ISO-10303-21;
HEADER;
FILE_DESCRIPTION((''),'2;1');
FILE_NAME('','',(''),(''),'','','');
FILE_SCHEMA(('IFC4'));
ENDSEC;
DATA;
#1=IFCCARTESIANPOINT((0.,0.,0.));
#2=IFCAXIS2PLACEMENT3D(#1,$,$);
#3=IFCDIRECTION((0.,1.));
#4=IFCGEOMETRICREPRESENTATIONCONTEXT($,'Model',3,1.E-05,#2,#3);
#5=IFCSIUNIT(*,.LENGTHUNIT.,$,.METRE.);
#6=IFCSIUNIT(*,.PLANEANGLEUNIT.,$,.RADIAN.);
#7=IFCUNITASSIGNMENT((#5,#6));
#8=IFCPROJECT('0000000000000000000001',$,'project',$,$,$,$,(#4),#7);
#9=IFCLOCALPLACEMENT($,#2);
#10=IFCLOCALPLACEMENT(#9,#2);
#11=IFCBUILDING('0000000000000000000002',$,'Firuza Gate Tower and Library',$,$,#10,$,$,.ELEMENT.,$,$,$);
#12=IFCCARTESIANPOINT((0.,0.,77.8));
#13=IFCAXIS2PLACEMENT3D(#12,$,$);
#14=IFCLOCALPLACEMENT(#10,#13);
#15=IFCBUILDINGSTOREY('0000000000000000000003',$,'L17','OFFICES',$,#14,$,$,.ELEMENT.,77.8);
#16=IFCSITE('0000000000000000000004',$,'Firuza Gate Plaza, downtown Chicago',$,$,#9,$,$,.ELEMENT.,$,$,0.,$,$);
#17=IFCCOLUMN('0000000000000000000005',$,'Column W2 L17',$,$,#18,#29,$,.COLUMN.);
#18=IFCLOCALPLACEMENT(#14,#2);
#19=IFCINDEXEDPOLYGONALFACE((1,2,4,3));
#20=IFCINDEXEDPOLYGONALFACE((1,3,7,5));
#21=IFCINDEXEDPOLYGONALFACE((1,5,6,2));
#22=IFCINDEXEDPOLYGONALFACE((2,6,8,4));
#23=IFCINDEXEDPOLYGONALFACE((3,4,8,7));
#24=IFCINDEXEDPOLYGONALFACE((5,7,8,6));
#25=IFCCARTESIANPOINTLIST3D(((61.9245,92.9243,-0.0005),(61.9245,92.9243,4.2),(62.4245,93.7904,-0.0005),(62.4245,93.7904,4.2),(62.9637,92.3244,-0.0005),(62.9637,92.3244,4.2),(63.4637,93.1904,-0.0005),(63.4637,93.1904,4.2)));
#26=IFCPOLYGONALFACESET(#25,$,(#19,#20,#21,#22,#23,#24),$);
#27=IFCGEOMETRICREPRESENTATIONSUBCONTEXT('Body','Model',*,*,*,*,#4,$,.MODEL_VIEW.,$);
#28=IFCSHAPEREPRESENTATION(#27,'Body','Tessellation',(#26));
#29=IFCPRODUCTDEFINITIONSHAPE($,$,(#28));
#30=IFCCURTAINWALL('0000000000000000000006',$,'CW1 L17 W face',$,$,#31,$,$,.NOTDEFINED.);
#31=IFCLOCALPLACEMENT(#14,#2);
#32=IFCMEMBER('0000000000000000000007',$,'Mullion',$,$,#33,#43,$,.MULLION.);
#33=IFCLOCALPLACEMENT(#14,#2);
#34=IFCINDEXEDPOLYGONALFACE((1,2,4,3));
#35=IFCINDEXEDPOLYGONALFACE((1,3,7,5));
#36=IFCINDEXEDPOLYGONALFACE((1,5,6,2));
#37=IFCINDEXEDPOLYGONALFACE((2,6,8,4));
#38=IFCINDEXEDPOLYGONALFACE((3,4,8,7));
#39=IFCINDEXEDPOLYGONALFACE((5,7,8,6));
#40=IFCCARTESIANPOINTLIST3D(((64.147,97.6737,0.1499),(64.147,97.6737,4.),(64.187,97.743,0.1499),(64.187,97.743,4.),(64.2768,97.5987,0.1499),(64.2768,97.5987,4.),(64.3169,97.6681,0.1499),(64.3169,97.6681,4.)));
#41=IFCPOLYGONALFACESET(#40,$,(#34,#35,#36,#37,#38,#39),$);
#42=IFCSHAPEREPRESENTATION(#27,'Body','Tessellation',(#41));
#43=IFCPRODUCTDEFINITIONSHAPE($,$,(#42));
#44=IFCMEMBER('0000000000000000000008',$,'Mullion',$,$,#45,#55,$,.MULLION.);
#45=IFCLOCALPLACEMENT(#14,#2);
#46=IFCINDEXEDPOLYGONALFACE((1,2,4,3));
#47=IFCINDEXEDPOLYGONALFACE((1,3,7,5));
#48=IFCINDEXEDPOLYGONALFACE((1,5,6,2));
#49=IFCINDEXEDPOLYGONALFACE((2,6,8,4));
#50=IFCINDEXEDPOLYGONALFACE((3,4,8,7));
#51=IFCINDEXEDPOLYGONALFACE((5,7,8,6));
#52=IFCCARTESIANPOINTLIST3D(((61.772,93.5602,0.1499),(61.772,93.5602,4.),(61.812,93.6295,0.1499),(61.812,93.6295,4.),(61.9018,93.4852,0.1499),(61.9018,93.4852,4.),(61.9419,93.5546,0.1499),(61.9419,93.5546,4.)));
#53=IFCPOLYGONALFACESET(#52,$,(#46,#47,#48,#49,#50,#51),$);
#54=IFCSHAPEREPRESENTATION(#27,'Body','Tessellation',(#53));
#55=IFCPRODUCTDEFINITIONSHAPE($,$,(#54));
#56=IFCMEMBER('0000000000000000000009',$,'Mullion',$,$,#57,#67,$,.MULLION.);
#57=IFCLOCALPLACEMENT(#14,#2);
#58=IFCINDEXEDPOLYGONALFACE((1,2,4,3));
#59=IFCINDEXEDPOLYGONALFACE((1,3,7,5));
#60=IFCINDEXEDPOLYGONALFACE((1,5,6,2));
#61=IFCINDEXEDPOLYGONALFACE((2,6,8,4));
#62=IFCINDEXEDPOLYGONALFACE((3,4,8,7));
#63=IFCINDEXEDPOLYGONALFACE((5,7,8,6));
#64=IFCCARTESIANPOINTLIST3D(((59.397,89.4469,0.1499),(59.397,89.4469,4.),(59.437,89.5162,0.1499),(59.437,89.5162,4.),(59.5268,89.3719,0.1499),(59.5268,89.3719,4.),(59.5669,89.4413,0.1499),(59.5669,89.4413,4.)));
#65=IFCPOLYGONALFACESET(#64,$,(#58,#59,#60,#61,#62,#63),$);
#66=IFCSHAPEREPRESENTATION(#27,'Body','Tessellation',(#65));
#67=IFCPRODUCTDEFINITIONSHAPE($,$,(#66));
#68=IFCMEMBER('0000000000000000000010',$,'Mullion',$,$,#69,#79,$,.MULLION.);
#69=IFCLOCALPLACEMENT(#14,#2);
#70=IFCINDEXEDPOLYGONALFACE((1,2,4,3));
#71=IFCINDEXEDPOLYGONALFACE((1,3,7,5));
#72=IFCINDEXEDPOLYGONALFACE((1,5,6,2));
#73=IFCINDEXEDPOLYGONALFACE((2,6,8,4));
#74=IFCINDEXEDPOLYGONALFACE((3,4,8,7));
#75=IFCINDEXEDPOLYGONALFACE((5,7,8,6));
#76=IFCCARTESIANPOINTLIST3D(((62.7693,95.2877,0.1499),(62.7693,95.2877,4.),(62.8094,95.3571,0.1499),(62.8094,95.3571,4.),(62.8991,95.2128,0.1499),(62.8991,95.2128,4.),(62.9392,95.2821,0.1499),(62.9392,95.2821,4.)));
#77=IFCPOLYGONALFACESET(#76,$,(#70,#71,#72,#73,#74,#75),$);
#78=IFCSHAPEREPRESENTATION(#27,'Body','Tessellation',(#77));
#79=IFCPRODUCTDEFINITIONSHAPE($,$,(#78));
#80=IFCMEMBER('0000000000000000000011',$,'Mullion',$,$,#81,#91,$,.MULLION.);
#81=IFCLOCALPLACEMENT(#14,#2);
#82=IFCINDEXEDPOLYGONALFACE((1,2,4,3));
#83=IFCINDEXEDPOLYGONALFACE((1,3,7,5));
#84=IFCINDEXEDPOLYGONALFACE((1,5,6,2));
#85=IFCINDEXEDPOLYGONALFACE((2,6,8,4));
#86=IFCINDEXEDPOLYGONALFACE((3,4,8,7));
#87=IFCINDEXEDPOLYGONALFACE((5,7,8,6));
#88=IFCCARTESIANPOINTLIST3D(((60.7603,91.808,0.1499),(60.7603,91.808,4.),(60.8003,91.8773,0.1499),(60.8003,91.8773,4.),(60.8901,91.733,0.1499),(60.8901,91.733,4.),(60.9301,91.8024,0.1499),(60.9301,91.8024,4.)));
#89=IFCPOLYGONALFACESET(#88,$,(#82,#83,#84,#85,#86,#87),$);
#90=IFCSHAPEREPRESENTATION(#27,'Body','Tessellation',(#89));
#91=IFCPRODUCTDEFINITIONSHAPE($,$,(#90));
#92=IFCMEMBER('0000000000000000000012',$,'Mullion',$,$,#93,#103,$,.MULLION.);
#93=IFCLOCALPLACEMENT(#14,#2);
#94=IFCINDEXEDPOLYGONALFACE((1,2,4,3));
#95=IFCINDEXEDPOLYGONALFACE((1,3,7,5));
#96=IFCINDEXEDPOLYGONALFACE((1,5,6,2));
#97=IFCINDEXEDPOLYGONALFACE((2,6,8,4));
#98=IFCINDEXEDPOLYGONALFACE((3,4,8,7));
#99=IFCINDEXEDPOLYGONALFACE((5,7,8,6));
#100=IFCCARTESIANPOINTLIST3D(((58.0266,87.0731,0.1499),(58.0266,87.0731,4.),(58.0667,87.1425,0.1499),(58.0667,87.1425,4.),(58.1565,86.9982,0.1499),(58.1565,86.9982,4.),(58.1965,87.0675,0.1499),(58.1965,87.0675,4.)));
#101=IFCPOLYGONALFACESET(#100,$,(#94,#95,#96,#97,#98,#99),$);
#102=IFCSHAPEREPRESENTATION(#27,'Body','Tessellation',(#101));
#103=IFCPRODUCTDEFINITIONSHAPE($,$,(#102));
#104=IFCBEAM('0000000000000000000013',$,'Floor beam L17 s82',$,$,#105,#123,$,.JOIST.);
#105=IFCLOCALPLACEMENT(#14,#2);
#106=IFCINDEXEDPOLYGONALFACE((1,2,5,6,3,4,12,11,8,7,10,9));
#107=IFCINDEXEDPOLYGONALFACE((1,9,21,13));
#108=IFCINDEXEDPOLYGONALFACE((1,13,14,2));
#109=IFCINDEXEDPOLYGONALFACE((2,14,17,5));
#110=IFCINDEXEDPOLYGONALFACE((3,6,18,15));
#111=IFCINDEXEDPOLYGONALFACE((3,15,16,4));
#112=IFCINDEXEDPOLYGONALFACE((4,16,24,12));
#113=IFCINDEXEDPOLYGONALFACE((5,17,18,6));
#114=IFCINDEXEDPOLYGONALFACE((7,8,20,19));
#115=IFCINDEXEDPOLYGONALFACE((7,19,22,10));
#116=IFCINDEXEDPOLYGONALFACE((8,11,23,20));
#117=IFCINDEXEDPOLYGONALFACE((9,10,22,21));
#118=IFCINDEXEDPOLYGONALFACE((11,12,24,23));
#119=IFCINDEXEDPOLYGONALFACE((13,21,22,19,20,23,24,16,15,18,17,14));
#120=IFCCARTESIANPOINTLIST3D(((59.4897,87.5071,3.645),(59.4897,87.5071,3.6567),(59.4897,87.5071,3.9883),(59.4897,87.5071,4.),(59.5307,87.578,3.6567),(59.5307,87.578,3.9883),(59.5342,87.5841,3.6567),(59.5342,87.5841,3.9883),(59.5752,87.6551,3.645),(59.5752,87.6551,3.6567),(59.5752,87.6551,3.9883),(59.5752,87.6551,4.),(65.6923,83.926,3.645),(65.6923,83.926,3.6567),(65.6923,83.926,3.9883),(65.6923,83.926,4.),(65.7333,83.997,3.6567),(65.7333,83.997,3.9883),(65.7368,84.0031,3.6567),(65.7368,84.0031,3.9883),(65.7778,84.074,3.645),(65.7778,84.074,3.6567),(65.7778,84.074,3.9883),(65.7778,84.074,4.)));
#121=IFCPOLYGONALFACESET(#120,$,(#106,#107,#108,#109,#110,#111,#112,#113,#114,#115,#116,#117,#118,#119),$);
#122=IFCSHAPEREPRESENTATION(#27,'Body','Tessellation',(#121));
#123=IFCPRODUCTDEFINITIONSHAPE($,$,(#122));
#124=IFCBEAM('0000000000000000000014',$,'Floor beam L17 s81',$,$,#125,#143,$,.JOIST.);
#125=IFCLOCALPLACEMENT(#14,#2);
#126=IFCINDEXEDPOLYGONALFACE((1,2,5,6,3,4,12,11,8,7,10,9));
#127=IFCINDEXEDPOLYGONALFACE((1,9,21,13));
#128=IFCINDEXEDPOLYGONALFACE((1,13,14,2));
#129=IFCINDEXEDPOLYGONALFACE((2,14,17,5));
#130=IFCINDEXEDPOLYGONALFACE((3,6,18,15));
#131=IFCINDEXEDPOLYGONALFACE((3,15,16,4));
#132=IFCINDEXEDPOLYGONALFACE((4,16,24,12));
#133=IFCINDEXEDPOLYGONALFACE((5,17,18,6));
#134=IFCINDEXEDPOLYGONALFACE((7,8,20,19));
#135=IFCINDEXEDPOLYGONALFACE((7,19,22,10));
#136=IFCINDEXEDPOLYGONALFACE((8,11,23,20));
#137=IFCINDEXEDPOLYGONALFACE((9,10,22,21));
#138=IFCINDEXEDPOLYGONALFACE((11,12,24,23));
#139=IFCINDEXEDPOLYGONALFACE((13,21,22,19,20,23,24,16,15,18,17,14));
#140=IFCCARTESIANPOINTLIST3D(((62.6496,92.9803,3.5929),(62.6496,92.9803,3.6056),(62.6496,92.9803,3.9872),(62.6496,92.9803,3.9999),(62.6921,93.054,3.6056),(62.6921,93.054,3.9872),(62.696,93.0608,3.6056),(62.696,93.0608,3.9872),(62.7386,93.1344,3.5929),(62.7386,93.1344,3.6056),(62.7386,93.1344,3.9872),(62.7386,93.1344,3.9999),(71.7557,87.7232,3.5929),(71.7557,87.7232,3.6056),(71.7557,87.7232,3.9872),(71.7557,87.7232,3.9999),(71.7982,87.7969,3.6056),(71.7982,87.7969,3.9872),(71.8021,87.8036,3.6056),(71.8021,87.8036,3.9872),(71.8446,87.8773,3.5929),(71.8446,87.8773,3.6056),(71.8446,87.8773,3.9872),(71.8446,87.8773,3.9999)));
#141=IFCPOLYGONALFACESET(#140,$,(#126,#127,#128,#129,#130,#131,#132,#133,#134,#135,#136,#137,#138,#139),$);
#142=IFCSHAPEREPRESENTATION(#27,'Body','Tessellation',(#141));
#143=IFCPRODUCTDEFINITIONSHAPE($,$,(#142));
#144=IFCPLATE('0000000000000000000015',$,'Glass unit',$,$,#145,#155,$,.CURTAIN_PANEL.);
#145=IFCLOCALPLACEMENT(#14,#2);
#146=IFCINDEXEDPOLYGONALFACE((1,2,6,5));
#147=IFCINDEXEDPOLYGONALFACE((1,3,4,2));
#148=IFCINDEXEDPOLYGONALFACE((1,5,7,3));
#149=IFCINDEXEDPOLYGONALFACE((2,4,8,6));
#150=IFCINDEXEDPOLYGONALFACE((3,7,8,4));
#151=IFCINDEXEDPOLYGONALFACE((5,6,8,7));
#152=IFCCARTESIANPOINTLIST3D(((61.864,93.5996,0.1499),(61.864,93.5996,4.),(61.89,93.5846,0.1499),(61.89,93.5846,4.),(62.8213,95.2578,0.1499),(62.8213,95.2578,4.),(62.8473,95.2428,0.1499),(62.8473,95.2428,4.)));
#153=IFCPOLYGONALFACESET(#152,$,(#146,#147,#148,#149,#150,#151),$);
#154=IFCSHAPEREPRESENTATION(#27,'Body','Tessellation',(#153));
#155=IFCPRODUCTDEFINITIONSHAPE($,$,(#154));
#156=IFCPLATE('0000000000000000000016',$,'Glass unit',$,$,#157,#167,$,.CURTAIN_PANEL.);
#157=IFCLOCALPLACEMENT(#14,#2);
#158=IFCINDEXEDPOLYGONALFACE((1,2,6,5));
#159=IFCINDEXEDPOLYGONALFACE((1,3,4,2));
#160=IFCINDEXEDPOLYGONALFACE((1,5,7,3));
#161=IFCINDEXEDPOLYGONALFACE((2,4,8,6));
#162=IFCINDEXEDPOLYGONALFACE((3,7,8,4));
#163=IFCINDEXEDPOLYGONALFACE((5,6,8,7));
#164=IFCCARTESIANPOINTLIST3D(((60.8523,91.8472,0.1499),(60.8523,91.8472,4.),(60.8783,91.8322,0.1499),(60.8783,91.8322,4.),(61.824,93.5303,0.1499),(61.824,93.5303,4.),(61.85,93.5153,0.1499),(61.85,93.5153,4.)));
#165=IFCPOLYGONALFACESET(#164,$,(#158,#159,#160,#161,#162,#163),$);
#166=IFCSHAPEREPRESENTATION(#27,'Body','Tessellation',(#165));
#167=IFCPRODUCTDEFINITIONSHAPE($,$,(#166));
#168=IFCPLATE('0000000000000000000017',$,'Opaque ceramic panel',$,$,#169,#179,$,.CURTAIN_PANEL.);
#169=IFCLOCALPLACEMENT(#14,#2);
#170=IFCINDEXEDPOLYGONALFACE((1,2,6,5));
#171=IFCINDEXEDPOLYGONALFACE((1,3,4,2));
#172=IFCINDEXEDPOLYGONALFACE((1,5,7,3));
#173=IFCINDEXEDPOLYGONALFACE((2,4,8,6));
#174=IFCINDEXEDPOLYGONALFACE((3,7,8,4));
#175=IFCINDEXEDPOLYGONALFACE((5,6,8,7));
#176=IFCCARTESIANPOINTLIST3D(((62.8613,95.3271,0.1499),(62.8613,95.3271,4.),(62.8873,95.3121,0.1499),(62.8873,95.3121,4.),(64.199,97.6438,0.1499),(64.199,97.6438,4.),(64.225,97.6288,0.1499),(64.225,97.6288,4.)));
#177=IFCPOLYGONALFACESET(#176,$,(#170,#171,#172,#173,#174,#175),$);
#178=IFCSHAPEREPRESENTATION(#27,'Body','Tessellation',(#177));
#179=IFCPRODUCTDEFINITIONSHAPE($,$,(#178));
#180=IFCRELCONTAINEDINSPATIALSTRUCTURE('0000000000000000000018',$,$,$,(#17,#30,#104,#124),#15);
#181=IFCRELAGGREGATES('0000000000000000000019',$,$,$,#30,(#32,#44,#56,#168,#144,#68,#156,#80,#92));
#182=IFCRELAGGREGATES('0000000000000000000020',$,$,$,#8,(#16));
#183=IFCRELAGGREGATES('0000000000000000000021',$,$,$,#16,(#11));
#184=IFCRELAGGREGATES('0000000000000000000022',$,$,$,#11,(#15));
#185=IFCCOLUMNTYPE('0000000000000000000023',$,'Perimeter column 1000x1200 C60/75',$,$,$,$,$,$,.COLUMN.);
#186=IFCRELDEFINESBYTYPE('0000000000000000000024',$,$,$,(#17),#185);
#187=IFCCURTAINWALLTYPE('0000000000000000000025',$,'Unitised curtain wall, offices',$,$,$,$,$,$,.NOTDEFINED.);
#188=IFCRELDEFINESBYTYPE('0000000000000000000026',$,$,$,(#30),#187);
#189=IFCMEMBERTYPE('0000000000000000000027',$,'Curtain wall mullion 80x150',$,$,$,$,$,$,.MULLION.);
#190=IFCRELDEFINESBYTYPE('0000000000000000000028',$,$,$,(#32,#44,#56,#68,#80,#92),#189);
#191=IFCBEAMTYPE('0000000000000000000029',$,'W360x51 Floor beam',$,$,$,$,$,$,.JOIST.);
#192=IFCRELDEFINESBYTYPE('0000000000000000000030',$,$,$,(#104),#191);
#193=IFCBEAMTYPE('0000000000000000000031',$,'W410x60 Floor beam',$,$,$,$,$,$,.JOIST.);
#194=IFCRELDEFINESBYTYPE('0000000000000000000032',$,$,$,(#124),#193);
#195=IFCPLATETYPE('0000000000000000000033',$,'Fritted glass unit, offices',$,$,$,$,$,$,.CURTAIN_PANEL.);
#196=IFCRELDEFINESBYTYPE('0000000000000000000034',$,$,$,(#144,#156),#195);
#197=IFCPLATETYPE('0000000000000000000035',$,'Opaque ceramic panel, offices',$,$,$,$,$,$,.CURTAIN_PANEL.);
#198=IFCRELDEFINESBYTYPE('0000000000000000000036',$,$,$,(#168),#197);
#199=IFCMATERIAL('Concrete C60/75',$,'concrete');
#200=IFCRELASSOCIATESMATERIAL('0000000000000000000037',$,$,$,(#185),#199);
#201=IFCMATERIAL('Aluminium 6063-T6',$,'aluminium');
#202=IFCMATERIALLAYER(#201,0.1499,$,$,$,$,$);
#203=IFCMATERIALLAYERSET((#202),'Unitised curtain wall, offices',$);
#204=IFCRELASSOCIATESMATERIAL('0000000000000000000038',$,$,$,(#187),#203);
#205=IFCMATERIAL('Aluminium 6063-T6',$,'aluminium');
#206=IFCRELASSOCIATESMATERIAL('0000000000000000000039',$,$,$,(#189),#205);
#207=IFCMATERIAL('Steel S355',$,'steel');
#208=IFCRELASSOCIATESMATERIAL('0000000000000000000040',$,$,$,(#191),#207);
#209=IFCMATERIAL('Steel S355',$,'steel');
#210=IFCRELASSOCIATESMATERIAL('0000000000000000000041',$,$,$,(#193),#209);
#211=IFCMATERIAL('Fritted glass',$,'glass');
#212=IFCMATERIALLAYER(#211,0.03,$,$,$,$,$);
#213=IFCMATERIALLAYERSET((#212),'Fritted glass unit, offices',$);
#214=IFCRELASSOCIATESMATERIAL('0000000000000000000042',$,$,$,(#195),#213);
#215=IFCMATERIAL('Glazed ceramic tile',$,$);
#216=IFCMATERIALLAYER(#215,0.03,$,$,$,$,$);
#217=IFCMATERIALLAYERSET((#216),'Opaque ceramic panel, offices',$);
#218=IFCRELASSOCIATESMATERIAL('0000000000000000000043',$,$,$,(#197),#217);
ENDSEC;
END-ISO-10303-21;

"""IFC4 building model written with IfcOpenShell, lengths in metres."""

from ifc_helpers import new_model, si_unit, direction, frame, origin, origin_2d, place, context, subcontext, project, spatial, polyline, rectangle, i_section, outline, extrude, material, layer, layer_set, material_profile, profile_set, type_object, element, aggregate, save


model = new_model("IFC4")

# Units and contexts
model_context = context("Model", 3, precision=1e-05, world=origin(), true_north=direction((0.0, 1.0)))
body_context = subcontext(model_context, "Body", "Model", "MODEL_VIEW")
ifc_project = project(units=[si_unit("LENGTHUNIT", "METRE"), si_unit("PLANEANGLEUNIT", "RADIAN")], contexts=[model_context])

# Site, building, storey
site_placement = place(None, origin())
site = spatial("IfcSite", under=ifc_project, at=site_placement, Name="Firuza Gate Plaza, downtown Chicago", CompositionType="ELEMENT", RefElevation=0.0)
building_placement = place(site_placement, origin())
building = spatial("IfcBuilding", under=site, at=building_placement, Name="Firuza Gate Tower and Library", CompositionType="ELEMENT")
storey_placement = place(building_placement, frame((0.0, 0.0, 77.8)))
storey = spatial("IfcBuildingStorey", under=building, at=storey_placement, Name="L17", Description="OFFICES", CompositionType="ELEMENT", Elevation=77.8)

# Column
ifc_material_1 = material(Name="Concrete C60/75", Category="concrete")
ifc_material_profile_1 = material_profile(ifc_material_1, rectangle(XDim=1.0, YDim=1.2, at=origin_2d()))
ifc_profile_set_1 = profile_set([ifc_material_profile_1], Name="Concrete C60/75")
column_type = type_object("IfcColumnType", Name="Perimeter column 1000x1200 C60/75", PredefinedType="COLUMN", material=ifc_profile_set_1)
column_placement = place(storey_placement, frame((62.6941, 93.0574, -0.0005), z_axis=(0.0, 0.0, 1.0), x_axis=(-0.5, -0.866025, 0.0)))
element("IfcColumn", 1, at=column_placement, inside=storey, type_object=column_type, Name="Column W2 L17", PredefinedType="COLUMN", context=body_context, shape_type="SweptSolid", body=[
    extrude(rectangle(XDim=1.0, YDim=1.2, at=origin_2d()), origin(), (0.0, 0.0, 1.0), 4.2004),
])

# Curtain wall, members
ifc_material_2 = material(Name="Aluminium 6063-T6", Category="aluminium")
ifc_layer_1 = layer(ifc_material_2, 0.1499)
ifc_layer_set_1 = layer_set([ifc_layer_1], Name="Unitised curtain wall, offices")
curtain_wall_type = type_object("IfcCurtainWallType", Name="Unitised curtain wall, offices", PredefinedType="NOTDEFINED", material=ifc_layer_set_1)
placement = place(storey_placement, origin())
curtain_wall = element("IfcCurtainWall", 2, at=placement, inside=storey, type_object=curtain_wall_type, Name="CW1 L17 W face", PredefinedType="NOTDEFINED")
ifc_material_3 = material(Name="Aluminium 6063-T6", Category="aluminium")
ifc_material_profile_2 = material_profile(ifc_material_3, rectangle(XDim=0.1499, YDim=0.0801, at=origin_2d()))
ifc_profile_set_2 = profile_set([ifc_material_profile_2], Name="Aluminium 6063-T6")
member_type = type_object("IfcMemberType", Name="Curtain wall mullion 80x150", PredefinedType="MULLION", material=ifc_profile_set_2)
member_1_placement = place(storey_placement, frame((64.2319, 97.6709, 0.1499), z_axis=(0.0, 0.0, 1.0), x_axis=(0.866025, -0.5, 0.0)))
member_1 = element("IfcMember", 3, at=member_1_placement, type_object=member_type, Name="Mullion", PredefinedType="MULLION", context=body_context, shape_type="SweptSolid", body=[
    extrude(rectangle(XDim=0.1499, YDim=0.0801, at=origin_2d()), origin(), (0.0, 0.0, 1.0), 3.8501),
])
member_2_placement = place(storey_placement, frame((61.8569, 93.5574, 0.1499), z_axis=(0.0, 0.0, 1.0), x_axis=(0.866025, -0.5, 0.0)))
member_2 = element("IfcMember", 4, at=member_2_placement, type_object=member_type, Name="Mullion", PredefinedType="MULLION", context=body_context, shape_type="SweptSolid", body=[
    extrude(rectangle(XDim=0.1499, YDim=0.0801, at=origin_2d()), origin(), (0.0, 0.0, 1.0), 3.8501),
])
member_3_placement = place(storey_placement, frame((59.4819, 89.4441, 0.1499), z_axis=(0.0, 0.0, 1.0), x_axis=(0.866025, -0.5, 0.0)))
member_3 = element("IfcMember", 5, at=member_3_placement, type_object=member_type, Name="Mullion", PredefinedType="MULLION", context=body_context, shape_type="SweptSolid", body=[
    extrude(rectangle(XDim=0.1499, YDim=0.0801, at=origin_2d()), origin(), (0.0, 0.0, 1.0), 3.8501),
])
member_4_placement = place(storey_placement, frame((62.8542, 95.2849, 0.1499), z_axis=(0.0, 0.0, 1.0), x_axis=(0.866025, -0.5, 0.0)))
member_4 = element("IfcMember", 6, at=member_4_placement, type_object=member_type, Name="Mullion", PredefinedType="MULLION", context=body_context, shape_type="SweptSolid", body=[
    extrude(rectangle(XDim=0.1499, YDim=0.0801, at=origin_2d()), origin(), (0.0, 0.0, 1.0), 3.8501),
])
member_5_placement = place(storey_placement, frame((60.8452, 91.8052, 0.1499), z_axis=(0.0, 0.0, 1.0), x_axis=(0.866025, -0.5, 0.0)))
member_5 = element("IfcMember", 7, at=member_5_placement, type_object=member_type, Name="Mullion", PredefinedType="MULLION", context=body_context, shape_type="SweptSolid", body=[
    extrude(rectangle(XDim=0.1499, YDim=0.0801, at=origin_2d()), origin(), (0.0, 0.0, 1.0), 3.8501),
])
member_6_placement = place(storey_placement, frame((58.1116, 87.0703, 0.1499), z_axis=(0.0, 0.0, 1.0), x_axis=(0.866025, -0.5, 0.0)))
member_6 = element("IfcMember", 8, at=member_6_placement, type_object=member_type, Name="Mullion", PredefinedType="MULLION", context=body_context, shape_type="SweptSolid", body=[
    extrude(rectangle(XDim=0.1499, YDim=0.0801, at=origin_2d()), origin(), (0.0, 0.0, 1.0), 3.8501),
])

# Beams
ifc_material_4 = material(Name="Steel S355", Category="steel")
ifc_material_profile_3 = material_profile(ifc_material_4, i_section(OverallWidth=0.1709, OverallDepth=0.355, WebThickness=0.0071, FlangeThickness=0.0117, at=origin_2d()))
ifc_profile_set_3 = profile_set([ifc_material_profile_3], Name="Steel S355")
beam_type_1 = type_object("IfcBeamType", Name="W360x51 Floor beam", PredefinedType="JOIST", material=ifc_profile_set_3)
beam_1_placement = place(storey_placement, frame((59.5325, 87.5811, 3.8225), z_axis=(0.866028, -0.499996, 0.0), x_axis=(0.499996, 0.866028, 0.0)))
element("IfcBeam", 9, at=beam_1_placement, inside=storey, type_object=beam_type_1, Name="Floor beam L17 s82", PredefinedType="JOIST", context=body_context, shape_type="SweptSolid", body=[
    extrude(i_section(OverallWidth=0.1709, OverallDepth=0.355, WebThickness=0.0071, FlangeThickness=0.0117, at=origin_2d()), origin(), (0.0, 0.0, 1.0), 7.1621),
])
ifc_material_5 = material(Name="Steel S355", Category="steel")
ifc_material_profile_4 = material_profile(ifc_material_5, i_section(OverallWidth=0.178, OverallDepth=0.407, WebThickness=0.0078, FlangeThickness=0.0127, at=origin_2d()))
ifc_profile_set_4 = profile_set([ifc_material_profile_4], Name="Steel S355")
beam_type_2 = type_object("IfcBeamType", Name="W410x60 Floor beam", PredefinedType="JOIST", material=ifc_profile_set_4)
beam_2_placement = place(storey_placement, frame((62.6941, 93.0574, 3.7964), z_axis=(0.866036, -0.499982, 0.0), x_axis=(0.499982, 0.866036, 0.0)))
element("IfcBeam", 10, at=beam_2_placement, inside=storey, type_object=beam_type_2, Name="Floor beam L17 s81", PredefinedType="JOIST", context=body_context, shape_type="SweptSolid", body=[
    extrude(i_section(OverallWidth=0.178, OverallDepth=0.407, WebThickness=0.0078, FlangeThickness=0.0127, at=origin_2d()), origin(), (0.0, 0.0, 1.0), 10.5146),
])

# Plates
ifc_material_6 = material(Name="Fritted glass", Category="glass")
ifc_layer_2 = layer(ifc_material_6, 0.03)
ifc_layer_set_2 = layer_set([ifc_layer_2], Name="Fritted glass unit, offices")
plate_type_1 = type_object("IfcPlateType", Name="Fritted glass unit, offices", PredefinedType="CURTAIN_PANEL", material=ifc_layer_set_2)
plate_1_placement = place(storey_placement, frame((62.8213, 95.2578, 0.1499), z_axis=(-0.866045, 0.499965, 0.0), x_axis=(-0.499965, -0.866045, 0.0)))
plate_1 = element("IfcPlate", 11, at=plate_1_placement, type_object=plate_type_1, Name="Glass unit", PredefinedType="CURTAIN_PANEL", context=body_context, shape_type="SweptSolid", body=[
    extrude(outline(polyline([(0.0, 0.0), (1.9147, 0.0), (1.9147, 3.8501), (0.0, 3.8501), (0.0, 0.0)])), origin(), (0.0, 0.0, -1.0), 0.03),
])
plate_2_placement = place(storey_placement, frame((61.824, 93.5303, 0.1499), z_axis=(-0.866039, 0.499976, 0.0), x_axis=(-0.499976, -0.866039, 0.0)))
plate_2 = element("IfcPlate", 12, at=plate_2_placement, type_object=plate_type_1, Name="Glass unit", PredefinedType="CURTAIN_PANEL", context=body_context, shape_type="SweptSolid", body=[
    extrude(outline(polyline([(0.0, 0.0), (1.9435, 0.0), (1.9435, 3.8501), (0.0, 3.8501), (0.0, 0.0)])), origin(), (0.0, 0.0, -1.0), 0.03),
])
ifc_material_7 = material(Name="Glazed ceramic tile")
ifc_layer_3 = layer(ifc_material_7, 0.03)
ifc_layer_set_3 = layer_set([ifc_layer_3], Name="Opaque ceramic panel, offices")
plate_type_2 = type_object("IfcPlateType", Name="Opaque ceramic panel, offices", PredefinedType="CURTAIN_PANEL", material=ifc_layer_set_3)
plate_3_placement = place(storey_placement, frame((64.199, 97.6438, 0.1499), z_axis=(-0.866005, 0.500036, 0.0), x_axis=(-0.500036, -0.866005, 0.0)))
plate_3 = element("IfcPlate", 13, at=plate_3_placement, type_object=plate_type_2, Name="Opaque ceramic panel", PredefinedType="CURTAIN_PANEL", context=body_context, shape_type="SweptSolid", body=[
    extrude(outline(polyline([(0.0, 0.0), (2.6751, 0.0), (2.6751, 3.8501), (0.0, 3.8501), (0.0, 0.0)])), origin(), (0.0, 0.0, -1.0), 0.03),
])
aggregate(curtain_wall, [member_1, member_2, member_3, plate_3, plate_1, member_4, plate_2, member_5, member_6])

save(model, "model.ifc")
